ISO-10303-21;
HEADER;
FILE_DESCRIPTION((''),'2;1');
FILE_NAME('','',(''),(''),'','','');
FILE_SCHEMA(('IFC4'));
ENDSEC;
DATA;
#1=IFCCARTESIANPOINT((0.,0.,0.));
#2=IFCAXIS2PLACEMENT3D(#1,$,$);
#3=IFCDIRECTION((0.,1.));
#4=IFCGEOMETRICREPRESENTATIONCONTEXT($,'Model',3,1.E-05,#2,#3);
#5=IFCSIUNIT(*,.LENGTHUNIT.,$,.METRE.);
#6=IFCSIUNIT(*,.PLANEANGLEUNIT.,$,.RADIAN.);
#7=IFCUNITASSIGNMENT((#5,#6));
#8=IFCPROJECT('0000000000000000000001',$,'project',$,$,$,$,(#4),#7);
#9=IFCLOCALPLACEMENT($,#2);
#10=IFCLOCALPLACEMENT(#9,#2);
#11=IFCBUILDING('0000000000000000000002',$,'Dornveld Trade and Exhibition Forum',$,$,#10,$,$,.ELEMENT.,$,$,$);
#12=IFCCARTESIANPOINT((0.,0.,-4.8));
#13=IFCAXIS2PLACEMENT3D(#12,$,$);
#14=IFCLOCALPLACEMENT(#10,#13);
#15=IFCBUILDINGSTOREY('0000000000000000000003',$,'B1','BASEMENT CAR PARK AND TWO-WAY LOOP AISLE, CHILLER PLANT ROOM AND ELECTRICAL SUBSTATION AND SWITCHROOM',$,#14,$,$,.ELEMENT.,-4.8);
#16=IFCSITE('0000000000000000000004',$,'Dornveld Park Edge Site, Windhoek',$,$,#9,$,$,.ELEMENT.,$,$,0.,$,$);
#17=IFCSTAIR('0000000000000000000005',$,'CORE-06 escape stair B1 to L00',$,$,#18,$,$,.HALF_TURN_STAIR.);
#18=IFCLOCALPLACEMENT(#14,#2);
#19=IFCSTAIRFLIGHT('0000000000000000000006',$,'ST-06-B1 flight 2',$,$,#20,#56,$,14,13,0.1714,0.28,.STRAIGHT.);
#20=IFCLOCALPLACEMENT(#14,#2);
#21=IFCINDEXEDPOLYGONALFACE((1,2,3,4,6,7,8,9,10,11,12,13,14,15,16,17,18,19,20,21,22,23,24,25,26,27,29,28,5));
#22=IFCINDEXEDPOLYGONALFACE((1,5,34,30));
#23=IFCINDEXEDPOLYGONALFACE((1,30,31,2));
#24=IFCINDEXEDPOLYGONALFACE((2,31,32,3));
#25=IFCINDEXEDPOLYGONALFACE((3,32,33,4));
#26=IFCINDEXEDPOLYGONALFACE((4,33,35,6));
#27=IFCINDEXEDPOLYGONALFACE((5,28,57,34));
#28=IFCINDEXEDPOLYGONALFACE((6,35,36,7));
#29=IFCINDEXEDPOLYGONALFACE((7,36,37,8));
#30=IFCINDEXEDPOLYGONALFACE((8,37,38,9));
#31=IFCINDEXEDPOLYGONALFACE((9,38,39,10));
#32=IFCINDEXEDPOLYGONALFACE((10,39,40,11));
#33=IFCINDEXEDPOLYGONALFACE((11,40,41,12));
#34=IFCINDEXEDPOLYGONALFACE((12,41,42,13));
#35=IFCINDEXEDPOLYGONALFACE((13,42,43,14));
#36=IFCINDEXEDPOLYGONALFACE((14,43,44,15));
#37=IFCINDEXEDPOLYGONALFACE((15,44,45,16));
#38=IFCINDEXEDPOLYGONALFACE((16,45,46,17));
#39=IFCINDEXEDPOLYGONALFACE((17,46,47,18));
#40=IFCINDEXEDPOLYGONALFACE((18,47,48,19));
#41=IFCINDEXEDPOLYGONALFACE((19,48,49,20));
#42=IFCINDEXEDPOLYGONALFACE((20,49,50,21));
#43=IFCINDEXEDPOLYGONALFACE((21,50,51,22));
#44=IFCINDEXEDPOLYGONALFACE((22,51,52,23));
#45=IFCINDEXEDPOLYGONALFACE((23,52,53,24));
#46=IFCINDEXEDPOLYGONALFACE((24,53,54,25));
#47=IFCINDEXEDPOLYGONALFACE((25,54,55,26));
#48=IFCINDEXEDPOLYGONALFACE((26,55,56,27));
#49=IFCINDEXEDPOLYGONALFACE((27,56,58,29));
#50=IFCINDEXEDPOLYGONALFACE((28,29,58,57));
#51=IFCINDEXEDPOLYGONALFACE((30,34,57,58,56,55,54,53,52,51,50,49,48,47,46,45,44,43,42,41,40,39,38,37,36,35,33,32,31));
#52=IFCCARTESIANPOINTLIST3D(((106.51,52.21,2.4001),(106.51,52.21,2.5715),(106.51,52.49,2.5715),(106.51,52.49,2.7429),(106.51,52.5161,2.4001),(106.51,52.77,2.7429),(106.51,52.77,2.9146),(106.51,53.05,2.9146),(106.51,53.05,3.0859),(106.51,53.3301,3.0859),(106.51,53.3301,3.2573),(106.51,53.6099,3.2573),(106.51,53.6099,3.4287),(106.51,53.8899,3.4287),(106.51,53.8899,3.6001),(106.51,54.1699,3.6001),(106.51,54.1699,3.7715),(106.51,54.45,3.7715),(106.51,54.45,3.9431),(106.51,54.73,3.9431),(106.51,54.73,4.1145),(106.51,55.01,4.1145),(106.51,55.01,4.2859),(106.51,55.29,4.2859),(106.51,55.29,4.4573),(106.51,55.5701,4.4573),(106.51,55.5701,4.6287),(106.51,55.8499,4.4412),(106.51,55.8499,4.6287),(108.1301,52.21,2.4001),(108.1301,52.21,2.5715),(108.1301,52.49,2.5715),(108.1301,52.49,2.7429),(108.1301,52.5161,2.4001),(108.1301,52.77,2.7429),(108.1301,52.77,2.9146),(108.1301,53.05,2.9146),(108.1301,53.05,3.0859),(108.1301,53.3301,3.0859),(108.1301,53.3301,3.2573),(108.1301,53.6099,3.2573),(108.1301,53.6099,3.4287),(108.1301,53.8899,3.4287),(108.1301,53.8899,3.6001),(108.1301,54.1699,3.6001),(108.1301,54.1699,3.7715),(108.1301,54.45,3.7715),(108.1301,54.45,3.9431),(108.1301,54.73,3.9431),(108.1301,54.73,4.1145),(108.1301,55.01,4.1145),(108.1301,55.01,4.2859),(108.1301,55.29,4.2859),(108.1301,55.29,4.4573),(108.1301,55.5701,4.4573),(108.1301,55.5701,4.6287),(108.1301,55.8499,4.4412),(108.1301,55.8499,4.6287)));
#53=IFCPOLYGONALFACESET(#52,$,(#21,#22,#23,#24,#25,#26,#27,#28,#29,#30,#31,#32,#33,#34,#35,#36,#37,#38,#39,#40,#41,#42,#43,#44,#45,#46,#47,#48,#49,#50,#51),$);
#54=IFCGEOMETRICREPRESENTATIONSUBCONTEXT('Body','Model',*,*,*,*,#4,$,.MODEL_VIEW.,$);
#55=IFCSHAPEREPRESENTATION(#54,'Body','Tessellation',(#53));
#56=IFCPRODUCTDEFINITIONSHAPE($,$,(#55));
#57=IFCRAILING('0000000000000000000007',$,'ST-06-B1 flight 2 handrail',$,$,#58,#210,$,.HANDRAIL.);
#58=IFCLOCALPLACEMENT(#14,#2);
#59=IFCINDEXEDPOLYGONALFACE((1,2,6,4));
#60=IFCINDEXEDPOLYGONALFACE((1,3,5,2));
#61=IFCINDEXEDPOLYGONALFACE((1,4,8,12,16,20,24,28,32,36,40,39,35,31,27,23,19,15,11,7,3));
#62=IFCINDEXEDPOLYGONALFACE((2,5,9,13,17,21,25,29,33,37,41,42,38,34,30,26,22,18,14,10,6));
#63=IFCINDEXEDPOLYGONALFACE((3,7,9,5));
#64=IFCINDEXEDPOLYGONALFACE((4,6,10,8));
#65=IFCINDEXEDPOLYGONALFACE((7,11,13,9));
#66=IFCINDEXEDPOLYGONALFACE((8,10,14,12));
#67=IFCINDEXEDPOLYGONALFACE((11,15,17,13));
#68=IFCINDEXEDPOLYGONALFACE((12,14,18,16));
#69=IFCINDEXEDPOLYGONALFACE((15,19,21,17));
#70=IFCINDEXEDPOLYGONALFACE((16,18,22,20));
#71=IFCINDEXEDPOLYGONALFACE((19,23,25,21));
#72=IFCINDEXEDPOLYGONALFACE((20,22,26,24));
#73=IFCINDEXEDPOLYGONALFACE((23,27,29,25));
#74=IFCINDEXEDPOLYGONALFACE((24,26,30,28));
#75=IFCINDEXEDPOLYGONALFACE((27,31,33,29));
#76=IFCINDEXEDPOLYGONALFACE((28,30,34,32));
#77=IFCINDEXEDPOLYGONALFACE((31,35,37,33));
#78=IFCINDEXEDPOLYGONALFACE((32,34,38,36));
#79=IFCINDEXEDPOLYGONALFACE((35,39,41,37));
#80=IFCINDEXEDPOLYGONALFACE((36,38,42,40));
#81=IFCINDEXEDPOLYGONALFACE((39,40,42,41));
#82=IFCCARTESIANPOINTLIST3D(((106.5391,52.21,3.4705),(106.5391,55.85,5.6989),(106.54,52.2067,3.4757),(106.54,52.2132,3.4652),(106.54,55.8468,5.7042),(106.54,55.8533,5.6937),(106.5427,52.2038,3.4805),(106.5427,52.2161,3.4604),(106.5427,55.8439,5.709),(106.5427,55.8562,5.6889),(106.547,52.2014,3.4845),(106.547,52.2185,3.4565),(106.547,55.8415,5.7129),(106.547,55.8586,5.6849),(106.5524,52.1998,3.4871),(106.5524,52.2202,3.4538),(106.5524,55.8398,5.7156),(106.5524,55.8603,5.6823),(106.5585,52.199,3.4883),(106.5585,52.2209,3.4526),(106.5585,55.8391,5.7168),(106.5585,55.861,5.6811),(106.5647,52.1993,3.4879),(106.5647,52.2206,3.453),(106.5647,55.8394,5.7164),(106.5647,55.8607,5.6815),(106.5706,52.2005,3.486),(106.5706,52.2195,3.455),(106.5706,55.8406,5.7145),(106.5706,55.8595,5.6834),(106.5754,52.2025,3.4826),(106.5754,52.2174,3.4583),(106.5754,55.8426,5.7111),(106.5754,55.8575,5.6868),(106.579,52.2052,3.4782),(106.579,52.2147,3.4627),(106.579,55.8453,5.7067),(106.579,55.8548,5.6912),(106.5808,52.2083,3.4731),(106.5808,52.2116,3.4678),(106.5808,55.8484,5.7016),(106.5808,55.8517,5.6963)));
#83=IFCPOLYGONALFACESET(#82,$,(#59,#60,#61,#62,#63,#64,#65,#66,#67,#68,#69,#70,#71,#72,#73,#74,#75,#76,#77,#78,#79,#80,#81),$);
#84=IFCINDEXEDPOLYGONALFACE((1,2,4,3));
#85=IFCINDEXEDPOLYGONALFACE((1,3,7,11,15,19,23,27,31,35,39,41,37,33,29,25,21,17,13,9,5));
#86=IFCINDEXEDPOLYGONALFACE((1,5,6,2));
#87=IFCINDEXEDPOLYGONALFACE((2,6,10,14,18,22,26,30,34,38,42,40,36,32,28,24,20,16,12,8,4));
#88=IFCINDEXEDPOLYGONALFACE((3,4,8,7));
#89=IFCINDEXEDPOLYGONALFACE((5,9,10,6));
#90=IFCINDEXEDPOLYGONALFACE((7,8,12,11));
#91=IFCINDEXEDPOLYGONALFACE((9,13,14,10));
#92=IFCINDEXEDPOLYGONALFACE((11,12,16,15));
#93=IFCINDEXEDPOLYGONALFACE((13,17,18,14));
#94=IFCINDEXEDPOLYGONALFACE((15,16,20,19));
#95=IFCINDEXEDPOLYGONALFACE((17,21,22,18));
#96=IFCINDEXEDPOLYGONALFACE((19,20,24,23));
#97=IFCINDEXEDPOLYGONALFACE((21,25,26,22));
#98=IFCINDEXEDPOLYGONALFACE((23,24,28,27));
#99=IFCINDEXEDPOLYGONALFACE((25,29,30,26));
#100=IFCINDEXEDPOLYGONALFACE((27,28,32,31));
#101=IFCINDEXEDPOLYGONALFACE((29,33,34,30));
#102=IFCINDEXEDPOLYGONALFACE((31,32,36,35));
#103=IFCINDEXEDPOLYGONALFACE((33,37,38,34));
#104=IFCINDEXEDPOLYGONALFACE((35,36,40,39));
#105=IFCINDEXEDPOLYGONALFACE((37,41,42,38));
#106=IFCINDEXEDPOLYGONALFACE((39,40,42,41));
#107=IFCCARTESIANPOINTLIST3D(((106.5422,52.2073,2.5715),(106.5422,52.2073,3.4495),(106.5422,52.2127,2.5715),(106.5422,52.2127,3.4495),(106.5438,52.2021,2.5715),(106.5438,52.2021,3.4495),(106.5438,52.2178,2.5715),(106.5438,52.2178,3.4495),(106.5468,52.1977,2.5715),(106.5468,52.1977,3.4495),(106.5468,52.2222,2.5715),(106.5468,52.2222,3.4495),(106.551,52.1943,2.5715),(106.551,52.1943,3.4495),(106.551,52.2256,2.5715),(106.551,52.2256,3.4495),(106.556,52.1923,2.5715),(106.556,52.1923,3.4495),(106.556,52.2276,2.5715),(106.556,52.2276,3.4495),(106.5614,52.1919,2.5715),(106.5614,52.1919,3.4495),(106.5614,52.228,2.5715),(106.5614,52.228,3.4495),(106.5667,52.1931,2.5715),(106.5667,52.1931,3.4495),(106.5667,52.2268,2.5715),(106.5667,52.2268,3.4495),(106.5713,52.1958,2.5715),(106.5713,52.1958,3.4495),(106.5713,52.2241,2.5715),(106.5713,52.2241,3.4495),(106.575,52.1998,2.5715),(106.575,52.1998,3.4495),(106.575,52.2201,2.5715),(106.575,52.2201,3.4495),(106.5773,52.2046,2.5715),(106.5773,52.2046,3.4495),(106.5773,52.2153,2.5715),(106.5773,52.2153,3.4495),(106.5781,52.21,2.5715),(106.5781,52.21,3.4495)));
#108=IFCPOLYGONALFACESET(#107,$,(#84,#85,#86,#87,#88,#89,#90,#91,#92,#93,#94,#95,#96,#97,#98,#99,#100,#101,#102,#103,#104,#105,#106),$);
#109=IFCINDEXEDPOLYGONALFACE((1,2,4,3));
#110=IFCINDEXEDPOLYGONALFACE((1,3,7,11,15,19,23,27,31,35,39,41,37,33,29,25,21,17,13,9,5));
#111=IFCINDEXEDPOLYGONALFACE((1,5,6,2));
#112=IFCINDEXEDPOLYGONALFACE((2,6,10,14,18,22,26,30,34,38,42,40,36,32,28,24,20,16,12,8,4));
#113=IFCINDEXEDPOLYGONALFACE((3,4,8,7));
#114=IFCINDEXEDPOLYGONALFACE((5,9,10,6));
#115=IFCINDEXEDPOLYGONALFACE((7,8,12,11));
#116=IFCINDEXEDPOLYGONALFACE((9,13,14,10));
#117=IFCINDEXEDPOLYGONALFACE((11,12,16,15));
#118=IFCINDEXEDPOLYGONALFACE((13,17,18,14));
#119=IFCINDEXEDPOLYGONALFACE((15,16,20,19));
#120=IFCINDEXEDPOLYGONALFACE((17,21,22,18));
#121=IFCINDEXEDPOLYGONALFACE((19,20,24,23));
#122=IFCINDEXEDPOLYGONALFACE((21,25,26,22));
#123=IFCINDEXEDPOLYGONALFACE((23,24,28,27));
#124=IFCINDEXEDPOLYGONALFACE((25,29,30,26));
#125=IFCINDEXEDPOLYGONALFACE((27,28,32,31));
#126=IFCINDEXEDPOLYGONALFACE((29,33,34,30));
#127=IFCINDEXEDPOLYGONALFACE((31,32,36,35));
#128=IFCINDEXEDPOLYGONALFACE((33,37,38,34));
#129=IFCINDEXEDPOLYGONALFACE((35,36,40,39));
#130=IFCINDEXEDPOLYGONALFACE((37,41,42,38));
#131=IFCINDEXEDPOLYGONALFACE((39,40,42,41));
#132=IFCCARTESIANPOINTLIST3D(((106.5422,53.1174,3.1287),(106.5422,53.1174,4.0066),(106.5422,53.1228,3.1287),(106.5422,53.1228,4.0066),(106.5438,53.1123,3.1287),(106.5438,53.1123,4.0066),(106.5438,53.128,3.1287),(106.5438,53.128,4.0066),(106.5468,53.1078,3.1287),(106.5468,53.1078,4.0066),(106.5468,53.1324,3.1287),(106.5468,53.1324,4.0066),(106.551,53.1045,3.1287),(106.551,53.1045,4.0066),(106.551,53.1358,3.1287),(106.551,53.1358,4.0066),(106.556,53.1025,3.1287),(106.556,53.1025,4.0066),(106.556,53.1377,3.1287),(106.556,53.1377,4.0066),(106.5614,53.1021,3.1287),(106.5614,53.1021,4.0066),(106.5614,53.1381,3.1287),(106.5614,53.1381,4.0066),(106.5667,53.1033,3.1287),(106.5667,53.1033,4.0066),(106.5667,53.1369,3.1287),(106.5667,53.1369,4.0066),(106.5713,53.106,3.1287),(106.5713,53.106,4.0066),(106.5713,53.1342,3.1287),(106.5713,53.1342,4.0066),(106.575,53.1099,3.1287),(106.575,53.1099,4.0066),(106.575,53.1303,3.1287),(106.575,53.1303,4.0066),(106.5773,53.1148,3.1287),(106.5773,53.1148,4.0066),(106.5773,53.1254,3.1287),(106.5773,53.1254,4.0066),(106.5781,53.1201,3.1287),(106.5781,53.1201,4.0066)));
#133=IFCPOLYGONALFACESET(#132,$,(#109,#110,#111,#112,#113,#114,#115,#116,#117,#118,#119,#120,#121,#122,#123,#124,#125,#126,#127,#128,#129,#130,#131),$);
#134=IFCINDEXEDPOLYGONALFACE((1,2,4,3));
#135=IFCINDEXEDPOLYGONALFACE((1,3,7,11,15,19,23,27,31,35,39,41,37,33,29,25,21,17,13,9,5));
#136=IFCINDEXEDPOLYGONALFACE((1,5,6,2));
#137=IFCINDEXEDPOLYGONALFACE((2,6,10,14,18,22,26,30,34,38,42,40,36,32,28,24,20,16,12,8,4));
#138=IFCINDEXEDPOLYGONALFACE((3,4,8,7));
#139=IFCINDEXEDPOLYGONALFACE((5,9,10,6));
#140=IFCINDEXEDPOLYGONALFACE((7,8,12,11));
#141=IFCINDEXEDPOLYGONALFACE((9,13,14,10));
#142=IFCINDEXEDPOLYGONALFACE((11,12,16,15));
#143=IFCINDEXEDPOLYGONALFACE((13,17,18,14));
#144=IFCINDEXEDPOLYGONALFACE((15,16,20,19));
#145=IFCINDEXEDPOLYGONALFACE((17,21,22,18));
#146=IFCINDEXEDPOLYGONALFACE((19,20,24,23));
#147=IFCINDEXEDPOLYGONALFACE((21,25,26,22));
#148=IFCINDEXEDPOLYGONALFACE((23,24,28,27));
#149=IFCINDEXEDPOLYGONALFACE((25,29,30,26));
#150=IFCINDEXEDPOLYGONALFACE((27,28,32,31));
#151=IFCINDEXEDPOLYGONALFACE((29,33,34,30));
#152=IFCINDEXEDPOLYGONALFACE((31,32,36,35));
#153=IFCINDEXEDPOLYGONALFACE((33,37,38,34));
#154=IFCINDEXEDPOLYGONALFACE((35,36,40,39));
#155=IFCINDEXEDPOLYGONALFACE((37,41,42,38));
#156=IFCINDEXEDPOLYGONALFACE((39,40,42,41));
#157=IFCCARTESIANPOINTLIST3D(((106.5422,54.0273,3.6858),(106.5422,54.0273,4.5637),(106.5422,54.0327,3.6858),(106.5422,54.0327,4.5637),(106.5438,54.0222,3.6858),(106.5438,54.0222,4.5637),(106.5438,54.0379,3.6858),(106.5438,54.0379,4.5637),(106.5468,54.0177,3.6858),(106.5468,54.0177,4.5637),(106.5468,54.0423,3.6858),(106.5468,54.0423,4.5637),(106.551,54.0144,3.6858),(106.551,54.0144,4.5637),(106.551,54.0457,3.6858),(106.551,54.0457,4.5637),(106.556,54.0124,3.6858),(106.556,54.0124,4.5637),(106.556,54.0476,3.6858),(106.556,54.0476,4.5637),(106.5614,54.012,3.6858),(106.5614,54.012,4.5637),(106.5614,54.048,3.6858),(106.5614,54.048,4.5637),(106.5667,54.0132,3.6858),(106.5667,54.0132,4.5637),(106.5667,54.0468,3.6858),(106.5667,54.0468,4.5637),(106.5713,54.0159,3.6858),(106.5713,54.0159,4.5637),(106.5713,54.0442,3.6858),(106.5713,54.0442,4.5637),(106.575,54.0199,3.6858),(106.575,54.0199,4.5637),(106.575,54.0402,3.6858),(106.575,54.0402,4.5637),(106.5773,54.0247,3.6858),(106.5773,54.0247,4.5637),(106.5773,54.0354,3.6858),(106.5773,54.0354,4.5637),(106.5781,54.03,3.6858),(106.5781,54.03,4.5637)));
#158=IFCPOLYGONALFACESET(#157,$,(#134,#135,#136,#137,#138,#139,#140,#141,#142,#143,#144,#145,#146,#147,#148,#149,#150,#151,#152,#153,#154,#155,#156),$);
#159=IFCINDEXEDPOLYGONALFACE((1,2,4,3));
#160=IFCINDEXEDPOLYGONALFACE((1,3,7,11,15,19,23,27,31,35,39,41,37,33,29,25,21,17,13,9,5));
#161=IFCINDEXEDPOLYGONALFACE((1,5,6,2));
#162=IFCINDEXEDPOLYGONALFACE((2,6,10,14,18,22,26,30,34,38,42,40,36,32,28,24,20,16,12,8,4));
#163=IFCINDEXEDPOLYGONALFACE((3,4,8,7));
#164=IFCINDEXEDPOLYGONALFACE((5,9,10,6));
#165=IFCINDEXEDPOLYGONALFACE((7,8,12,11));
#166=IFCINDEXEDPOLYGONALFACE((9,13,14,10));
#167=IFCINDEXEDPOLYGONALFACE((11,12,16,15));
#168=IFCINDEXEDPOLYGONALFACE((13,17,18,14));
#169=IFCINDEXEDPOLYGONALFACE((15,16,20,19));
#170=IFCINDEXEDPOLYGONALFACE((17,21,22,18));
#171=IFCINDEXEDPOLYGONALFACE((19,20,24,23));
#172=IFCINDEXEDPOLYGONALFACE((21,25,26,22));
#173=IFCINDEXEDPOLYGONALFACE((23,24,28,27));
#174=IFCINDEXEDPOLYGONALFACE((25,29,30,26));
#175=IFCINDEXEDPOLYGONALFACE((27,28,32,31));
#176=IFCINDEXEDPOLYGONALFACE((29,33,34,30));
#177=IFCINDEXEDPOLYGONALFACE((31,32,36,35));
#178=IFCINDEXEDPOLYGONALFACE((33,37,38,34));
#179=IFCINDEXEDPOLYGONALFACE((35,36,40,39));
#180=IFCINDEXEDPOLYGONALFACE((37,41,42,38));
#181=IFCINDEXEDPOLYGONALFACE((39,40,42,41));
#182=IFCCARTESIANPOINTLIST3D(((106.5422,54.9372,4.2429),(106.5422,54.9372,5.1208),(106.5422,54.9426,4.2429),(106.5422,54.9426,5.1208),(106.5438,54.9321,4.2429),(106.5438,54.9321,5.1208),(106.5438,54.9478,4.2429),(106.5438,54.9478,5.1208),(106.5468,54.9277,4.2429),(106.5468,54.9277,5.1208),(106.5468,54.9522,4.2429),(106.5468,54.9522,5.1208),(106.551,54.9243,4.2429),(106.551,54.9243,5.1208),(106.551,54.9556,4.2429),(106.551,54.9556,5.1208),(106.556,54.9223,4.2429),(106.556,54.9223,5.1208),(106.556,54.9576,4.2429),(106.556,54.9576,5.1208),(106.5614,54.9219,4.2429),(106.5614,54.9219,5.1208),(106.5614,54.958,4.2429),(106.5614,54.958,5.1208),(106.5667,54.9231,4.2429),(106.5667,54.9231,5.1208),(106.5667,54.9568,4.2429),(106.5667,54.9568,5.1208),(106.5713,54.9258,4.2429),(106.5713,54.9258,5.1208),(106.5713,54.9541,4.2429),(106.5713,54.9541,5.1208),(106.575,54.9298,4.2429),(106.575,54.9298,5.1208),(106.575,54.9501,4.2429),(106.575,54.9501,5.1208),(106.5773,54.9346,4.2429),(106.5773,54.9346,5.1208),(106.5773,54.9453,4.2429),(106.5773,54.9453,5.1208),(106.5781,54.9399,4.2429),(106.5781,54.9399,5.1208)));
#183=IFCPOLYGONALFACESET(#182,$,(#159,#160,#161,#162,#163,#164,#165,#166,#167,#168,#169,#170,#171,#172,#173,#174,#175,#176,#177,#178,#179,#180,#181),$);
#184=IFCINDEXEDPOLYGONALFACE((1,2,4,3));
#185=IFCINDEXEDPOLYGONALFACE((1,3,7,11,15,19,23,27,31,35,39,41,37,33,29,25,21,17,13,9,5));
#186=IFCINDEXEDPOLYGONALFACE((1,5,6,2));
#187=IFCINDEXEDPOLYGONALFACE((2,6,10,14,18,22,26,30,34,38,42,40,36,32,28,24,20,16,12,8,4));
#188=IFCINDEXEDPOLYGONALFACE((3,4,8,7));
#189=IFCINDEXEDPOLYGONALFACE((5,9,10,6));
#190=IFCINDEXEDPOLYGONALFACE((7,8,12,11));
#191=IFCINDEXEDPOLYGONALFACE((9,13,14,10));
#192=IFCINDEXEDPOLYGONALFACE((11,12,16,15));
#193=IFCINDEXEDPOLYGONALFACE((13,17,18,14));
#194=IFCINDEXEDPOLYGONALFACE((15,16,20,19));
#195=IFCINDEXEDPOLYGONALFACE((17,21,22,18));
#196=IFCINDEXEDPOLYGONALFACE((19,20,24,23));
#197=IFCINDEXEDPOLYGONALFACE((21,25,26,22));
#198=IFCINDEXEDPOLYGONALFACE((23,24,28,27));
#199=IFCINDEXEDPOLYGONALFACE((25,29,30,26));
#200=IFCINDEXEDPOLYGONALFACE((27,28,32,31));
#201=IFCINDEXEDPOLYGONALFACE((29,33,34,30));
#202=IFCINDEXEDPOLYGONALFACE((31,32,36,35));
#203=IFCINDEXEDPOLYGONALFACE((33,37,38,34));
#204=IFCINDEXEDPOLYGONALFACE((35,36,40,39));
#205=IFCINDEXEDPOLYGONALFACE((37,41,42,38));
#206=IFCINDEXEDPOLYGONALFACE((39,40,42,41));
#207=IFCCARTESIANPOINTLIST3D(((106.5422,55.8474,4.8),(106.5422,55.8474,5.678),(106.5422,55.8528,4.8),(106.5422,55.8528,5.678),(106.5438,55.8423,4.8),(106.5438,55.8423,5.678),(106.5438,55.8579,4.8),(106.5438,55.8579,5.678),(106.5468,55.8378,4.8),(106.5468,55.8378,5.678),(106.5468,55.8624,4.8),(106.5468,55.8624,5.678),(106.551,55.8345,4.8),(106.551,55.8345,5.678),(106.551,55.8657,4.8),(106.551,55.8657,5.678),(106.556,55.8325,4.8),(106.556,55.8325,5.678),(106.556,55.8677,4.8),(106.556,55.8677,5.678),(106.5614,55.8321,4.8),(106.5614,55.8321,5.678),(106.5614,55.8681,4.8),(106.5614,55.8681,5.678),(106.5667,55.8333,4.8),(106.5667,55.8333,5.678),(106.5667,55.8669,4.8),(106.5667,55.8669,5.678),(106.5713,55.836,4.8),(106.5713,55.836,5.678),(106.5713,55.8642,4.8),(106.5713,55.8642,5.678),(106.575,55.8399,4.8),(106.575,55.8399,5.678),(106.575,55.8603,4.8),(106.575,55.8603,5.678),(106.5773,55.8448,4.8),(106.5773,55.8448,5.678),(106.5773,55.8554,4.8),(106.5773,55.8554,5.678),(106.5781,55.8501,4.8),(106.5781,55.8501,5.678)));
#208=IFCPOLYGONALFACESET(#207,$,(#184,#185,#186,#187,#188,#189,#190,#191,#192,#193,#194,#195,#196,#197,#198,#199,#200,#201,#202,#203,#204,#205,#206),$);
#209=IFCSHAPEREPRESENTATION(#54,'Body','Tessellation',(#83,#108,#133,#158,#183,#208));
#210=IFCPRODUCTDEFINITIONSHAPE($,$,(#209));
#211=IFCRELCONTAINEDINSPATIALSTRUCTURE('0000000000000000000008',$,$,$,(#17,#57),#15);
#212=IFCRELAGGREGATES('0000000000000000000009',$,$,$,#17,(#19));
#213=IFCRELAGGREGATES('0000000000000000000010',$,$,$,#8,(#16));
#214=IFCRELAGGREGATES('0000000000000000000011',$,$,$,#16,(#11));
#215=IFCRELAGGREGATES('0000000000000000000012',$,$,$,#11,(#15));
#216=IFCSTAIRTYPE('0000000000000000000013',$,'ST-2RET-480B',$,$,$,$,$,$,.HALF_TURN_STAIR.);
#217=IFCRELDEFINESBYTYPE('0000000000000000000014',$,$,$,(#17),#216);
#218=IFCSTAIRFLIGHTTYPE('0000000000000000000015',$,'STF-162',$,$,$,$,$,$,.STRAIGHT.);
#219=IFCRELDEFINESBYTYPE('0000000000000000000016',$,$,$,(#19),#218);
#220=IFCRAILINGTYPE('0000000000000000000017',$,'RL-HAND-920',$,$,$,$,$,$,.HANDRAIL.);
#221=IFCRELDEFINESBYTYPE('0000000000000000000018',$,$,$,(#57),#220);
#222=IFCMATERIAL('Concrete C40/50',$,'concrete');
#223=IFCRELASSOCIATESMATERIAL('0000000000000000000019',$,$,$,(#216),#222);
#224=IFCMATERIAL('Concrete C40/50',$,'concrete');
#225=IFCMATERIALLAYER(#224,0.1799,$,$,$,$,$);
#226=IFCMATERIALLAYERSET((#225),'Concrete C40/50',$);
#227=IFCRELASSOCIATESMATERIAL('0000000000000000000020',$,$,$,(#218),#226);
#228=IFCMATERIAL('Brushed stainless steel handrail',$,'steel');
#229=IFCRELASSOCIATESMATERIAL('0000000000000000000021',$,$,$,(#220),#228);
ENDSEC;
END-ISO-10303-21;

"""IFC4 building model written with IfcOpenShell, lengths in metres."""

from ifc_helpers import new_model, si_unit, direction, frame, origin, origin_2d, place, context, subcontext, project, spatial, polyline, circle, outline, extrude, material, layer, layer_set, type_object, element, aggregate, save


model = new_model("IFC4")

# Units and contexts
model_context = context("Model", 3, precision=1e-05, world=origin(), true_north=direction((0.0, 1.0)))
body_context = subcontext(model_context, "Body", "Model", "MODEL_VIEW")
ifc_project = project(units=[si_unit("LENGTHUNIT", "METRE"), si_unit("PLANEANGLEUNIT", "RADIAN")], contexts=[model_context])

# Site, building, storey
site_placement = place(None, origin())
site = spatial("IfcSite", under=ifc_project, at=site_placement, Name="Dornveld Park Edge Site, Windhoek", CompositionType="ELEMENT", RefElevation=0.0)
building_placement = place(site_placement, origin())
building = spatial("IfcBuilding", under=site, at=building_placement, Name="Dornveld Trade and Exhibition Forum", CompositionType="ELEMENT")
storey_placement = place(building_placement, frame((0.0, 0.0, -4.8)))
storey = spatial("IfcBuildingStorey", under=building, at=storey_placement, Name="B1", Description="BASEMENT CAR PARK AND TWO-WAY LOOP AISLE, CHILLER PLANT ROOM AND ELECTRICAL SUBSTATION AND SWITCHROOM", CompositionType="ELEMENT", Elevation=-4.8)

# Stair, stair flight
ifc_material_1 = material(Name="Concrete C40/50", Category="concrete")
stair_type = type_object("IfcStairType", Name="ST-2RET-480B", PredefinedType="HALF_TURN_STAIR", material=ifc_material_1)
stair_placement = place(storey_placement, origin())
stair = element("IfcStair", 1, at=stair_placement, inside=storey, type_object=stair_type, Name="CORE-06 escape stair B1 to L00", PredefinedType="HALF_TURN_STAIR")
ifc_material_2 = material(Name="Concrete C40/50", Category="concrete")
ifc_layer_1 = layer(ifc_material_2, 0.1799)
ifc_layer_set_1 = layer_set([ifc_layer_1], Name="Concrete C40/50")
stair_flight_type = type_object("IfcStairFlightType", Name="STF-162", PredefinedType="STRAIGHT", material=ifc_layer_set_1)
stair_flight_placement = place(storey_placement, frame((107.3201, 52.21, 2.4001), z_axis=(0.0, 0.0, 1.0), x_axis=(0.0, 1.0, 0.0)))
stair_flight = element("IfcStairFlight", 2, at=stair_flight_placement, type_object=stair_flight_type, Name="ST-06-B1 flight 2", NumberOfRisers=14, NumberOfTreads=13, PredefinedType="STRAIGHT", RiserHeight=0.1714, TreadLength=0.28, context=body_context, shape_type="SweptSolid", body=[
    extrude(outline(polyline([(0.0, 0.0), (0.0, 0.1714), (0.28, 0.1714), (0.28, 0.3428), (0.5601, 0.3428), (0.5601, 0.5144), (0.8401, 0.5144), (0.8401, 0.6858), (1.1201, 0.6858), (1.1201, 0.8572), (1.3999, 0.8572), (1.3999, 1.0286), (1.6799, 1.0286), (1.6799, 1.2), (1.96, 1.2), (1.96, 1.3713), (2.24, 1.3713), (2.24, 1.543), (2.52, 1.543), (2.52, 1.7144), (2.8, 1.7144), (2.8, 1.8857), (3.0801, 1.8857), (3.0801, 2.0571), (3.3601, 2.0571), (3.3601, 2.2285), (3.6399, 2.2285), (3.6399, 2.3999), (3.6399, 2.041), (0.3062, 0.0), (0.0, 0.0)])), frame((0.0, 0.8101, 0.0), z_axis=(0.0, -1.0, 0.0), x_axis=(1.0, 0.0, 0.0)), (0.0, 0.0, 1.0), 1.6201),
])
aggregate(stair, [stair_flight])

# Railing
ifc_material_3 = material(Name="Brushed stainless steel handrail", Category="steel")
railing_type_1 = type_object("IfcRailingType", Name="RL-HAND-920", PredefinedType="HANDRAIL", material=ifc_material_3)
railing_1_placement = place(storey_placement, frame((106.5601, 52.21, 2.5715)))
element("IfcRailing", 3, at=railing_1_placement, inside=storey, type_object=railing_type_1, Name="ST-06-B1 flight 2 handrail", PredefinedType="HANDRAIL", context=body_context, shape_type="SweptSolid", body=[
    extrude(circle(Radius=0.021, at=origin_2d()), frame((0.0, 0.0, 0.8989), z_axis=(0.0, 0.852866, 0.52213), x_axis=(-1.0, 0.0, 0.0)), (0.0, 0.0, 1.0), 4.2681),
    extrude(circle(Radius=0.0181, at=origin_2d()), origin(), (0.0, 0.0, 1.0), 0.8779),
    extrude(circle(Radius=0.0181, at=origin_2d()), frame((0.0, 0.9102, 0.5571)), (0.0, 0.0, 1.0), 0.8779),
    extrude(circle(Radius=0.0181, at=origin_2d()), frame((0.0, 1.8201, 1.1143)), (0.0, 0.0, 1.0), 0.8779),
    extrude(circle(Radius=0.0181, at=origin_2d()), frame((0.0, 2.73, 1.6714)), (0.0, 0.0, 1.0), 0.8779),
    extrude(circle(Radius=0.0181, at=origin_2d()), frame((0.0, 3.6401, 2.2285)), (0.0, 0.0, 1.0), 0.8779),
])

save(model, "model.ifc")
